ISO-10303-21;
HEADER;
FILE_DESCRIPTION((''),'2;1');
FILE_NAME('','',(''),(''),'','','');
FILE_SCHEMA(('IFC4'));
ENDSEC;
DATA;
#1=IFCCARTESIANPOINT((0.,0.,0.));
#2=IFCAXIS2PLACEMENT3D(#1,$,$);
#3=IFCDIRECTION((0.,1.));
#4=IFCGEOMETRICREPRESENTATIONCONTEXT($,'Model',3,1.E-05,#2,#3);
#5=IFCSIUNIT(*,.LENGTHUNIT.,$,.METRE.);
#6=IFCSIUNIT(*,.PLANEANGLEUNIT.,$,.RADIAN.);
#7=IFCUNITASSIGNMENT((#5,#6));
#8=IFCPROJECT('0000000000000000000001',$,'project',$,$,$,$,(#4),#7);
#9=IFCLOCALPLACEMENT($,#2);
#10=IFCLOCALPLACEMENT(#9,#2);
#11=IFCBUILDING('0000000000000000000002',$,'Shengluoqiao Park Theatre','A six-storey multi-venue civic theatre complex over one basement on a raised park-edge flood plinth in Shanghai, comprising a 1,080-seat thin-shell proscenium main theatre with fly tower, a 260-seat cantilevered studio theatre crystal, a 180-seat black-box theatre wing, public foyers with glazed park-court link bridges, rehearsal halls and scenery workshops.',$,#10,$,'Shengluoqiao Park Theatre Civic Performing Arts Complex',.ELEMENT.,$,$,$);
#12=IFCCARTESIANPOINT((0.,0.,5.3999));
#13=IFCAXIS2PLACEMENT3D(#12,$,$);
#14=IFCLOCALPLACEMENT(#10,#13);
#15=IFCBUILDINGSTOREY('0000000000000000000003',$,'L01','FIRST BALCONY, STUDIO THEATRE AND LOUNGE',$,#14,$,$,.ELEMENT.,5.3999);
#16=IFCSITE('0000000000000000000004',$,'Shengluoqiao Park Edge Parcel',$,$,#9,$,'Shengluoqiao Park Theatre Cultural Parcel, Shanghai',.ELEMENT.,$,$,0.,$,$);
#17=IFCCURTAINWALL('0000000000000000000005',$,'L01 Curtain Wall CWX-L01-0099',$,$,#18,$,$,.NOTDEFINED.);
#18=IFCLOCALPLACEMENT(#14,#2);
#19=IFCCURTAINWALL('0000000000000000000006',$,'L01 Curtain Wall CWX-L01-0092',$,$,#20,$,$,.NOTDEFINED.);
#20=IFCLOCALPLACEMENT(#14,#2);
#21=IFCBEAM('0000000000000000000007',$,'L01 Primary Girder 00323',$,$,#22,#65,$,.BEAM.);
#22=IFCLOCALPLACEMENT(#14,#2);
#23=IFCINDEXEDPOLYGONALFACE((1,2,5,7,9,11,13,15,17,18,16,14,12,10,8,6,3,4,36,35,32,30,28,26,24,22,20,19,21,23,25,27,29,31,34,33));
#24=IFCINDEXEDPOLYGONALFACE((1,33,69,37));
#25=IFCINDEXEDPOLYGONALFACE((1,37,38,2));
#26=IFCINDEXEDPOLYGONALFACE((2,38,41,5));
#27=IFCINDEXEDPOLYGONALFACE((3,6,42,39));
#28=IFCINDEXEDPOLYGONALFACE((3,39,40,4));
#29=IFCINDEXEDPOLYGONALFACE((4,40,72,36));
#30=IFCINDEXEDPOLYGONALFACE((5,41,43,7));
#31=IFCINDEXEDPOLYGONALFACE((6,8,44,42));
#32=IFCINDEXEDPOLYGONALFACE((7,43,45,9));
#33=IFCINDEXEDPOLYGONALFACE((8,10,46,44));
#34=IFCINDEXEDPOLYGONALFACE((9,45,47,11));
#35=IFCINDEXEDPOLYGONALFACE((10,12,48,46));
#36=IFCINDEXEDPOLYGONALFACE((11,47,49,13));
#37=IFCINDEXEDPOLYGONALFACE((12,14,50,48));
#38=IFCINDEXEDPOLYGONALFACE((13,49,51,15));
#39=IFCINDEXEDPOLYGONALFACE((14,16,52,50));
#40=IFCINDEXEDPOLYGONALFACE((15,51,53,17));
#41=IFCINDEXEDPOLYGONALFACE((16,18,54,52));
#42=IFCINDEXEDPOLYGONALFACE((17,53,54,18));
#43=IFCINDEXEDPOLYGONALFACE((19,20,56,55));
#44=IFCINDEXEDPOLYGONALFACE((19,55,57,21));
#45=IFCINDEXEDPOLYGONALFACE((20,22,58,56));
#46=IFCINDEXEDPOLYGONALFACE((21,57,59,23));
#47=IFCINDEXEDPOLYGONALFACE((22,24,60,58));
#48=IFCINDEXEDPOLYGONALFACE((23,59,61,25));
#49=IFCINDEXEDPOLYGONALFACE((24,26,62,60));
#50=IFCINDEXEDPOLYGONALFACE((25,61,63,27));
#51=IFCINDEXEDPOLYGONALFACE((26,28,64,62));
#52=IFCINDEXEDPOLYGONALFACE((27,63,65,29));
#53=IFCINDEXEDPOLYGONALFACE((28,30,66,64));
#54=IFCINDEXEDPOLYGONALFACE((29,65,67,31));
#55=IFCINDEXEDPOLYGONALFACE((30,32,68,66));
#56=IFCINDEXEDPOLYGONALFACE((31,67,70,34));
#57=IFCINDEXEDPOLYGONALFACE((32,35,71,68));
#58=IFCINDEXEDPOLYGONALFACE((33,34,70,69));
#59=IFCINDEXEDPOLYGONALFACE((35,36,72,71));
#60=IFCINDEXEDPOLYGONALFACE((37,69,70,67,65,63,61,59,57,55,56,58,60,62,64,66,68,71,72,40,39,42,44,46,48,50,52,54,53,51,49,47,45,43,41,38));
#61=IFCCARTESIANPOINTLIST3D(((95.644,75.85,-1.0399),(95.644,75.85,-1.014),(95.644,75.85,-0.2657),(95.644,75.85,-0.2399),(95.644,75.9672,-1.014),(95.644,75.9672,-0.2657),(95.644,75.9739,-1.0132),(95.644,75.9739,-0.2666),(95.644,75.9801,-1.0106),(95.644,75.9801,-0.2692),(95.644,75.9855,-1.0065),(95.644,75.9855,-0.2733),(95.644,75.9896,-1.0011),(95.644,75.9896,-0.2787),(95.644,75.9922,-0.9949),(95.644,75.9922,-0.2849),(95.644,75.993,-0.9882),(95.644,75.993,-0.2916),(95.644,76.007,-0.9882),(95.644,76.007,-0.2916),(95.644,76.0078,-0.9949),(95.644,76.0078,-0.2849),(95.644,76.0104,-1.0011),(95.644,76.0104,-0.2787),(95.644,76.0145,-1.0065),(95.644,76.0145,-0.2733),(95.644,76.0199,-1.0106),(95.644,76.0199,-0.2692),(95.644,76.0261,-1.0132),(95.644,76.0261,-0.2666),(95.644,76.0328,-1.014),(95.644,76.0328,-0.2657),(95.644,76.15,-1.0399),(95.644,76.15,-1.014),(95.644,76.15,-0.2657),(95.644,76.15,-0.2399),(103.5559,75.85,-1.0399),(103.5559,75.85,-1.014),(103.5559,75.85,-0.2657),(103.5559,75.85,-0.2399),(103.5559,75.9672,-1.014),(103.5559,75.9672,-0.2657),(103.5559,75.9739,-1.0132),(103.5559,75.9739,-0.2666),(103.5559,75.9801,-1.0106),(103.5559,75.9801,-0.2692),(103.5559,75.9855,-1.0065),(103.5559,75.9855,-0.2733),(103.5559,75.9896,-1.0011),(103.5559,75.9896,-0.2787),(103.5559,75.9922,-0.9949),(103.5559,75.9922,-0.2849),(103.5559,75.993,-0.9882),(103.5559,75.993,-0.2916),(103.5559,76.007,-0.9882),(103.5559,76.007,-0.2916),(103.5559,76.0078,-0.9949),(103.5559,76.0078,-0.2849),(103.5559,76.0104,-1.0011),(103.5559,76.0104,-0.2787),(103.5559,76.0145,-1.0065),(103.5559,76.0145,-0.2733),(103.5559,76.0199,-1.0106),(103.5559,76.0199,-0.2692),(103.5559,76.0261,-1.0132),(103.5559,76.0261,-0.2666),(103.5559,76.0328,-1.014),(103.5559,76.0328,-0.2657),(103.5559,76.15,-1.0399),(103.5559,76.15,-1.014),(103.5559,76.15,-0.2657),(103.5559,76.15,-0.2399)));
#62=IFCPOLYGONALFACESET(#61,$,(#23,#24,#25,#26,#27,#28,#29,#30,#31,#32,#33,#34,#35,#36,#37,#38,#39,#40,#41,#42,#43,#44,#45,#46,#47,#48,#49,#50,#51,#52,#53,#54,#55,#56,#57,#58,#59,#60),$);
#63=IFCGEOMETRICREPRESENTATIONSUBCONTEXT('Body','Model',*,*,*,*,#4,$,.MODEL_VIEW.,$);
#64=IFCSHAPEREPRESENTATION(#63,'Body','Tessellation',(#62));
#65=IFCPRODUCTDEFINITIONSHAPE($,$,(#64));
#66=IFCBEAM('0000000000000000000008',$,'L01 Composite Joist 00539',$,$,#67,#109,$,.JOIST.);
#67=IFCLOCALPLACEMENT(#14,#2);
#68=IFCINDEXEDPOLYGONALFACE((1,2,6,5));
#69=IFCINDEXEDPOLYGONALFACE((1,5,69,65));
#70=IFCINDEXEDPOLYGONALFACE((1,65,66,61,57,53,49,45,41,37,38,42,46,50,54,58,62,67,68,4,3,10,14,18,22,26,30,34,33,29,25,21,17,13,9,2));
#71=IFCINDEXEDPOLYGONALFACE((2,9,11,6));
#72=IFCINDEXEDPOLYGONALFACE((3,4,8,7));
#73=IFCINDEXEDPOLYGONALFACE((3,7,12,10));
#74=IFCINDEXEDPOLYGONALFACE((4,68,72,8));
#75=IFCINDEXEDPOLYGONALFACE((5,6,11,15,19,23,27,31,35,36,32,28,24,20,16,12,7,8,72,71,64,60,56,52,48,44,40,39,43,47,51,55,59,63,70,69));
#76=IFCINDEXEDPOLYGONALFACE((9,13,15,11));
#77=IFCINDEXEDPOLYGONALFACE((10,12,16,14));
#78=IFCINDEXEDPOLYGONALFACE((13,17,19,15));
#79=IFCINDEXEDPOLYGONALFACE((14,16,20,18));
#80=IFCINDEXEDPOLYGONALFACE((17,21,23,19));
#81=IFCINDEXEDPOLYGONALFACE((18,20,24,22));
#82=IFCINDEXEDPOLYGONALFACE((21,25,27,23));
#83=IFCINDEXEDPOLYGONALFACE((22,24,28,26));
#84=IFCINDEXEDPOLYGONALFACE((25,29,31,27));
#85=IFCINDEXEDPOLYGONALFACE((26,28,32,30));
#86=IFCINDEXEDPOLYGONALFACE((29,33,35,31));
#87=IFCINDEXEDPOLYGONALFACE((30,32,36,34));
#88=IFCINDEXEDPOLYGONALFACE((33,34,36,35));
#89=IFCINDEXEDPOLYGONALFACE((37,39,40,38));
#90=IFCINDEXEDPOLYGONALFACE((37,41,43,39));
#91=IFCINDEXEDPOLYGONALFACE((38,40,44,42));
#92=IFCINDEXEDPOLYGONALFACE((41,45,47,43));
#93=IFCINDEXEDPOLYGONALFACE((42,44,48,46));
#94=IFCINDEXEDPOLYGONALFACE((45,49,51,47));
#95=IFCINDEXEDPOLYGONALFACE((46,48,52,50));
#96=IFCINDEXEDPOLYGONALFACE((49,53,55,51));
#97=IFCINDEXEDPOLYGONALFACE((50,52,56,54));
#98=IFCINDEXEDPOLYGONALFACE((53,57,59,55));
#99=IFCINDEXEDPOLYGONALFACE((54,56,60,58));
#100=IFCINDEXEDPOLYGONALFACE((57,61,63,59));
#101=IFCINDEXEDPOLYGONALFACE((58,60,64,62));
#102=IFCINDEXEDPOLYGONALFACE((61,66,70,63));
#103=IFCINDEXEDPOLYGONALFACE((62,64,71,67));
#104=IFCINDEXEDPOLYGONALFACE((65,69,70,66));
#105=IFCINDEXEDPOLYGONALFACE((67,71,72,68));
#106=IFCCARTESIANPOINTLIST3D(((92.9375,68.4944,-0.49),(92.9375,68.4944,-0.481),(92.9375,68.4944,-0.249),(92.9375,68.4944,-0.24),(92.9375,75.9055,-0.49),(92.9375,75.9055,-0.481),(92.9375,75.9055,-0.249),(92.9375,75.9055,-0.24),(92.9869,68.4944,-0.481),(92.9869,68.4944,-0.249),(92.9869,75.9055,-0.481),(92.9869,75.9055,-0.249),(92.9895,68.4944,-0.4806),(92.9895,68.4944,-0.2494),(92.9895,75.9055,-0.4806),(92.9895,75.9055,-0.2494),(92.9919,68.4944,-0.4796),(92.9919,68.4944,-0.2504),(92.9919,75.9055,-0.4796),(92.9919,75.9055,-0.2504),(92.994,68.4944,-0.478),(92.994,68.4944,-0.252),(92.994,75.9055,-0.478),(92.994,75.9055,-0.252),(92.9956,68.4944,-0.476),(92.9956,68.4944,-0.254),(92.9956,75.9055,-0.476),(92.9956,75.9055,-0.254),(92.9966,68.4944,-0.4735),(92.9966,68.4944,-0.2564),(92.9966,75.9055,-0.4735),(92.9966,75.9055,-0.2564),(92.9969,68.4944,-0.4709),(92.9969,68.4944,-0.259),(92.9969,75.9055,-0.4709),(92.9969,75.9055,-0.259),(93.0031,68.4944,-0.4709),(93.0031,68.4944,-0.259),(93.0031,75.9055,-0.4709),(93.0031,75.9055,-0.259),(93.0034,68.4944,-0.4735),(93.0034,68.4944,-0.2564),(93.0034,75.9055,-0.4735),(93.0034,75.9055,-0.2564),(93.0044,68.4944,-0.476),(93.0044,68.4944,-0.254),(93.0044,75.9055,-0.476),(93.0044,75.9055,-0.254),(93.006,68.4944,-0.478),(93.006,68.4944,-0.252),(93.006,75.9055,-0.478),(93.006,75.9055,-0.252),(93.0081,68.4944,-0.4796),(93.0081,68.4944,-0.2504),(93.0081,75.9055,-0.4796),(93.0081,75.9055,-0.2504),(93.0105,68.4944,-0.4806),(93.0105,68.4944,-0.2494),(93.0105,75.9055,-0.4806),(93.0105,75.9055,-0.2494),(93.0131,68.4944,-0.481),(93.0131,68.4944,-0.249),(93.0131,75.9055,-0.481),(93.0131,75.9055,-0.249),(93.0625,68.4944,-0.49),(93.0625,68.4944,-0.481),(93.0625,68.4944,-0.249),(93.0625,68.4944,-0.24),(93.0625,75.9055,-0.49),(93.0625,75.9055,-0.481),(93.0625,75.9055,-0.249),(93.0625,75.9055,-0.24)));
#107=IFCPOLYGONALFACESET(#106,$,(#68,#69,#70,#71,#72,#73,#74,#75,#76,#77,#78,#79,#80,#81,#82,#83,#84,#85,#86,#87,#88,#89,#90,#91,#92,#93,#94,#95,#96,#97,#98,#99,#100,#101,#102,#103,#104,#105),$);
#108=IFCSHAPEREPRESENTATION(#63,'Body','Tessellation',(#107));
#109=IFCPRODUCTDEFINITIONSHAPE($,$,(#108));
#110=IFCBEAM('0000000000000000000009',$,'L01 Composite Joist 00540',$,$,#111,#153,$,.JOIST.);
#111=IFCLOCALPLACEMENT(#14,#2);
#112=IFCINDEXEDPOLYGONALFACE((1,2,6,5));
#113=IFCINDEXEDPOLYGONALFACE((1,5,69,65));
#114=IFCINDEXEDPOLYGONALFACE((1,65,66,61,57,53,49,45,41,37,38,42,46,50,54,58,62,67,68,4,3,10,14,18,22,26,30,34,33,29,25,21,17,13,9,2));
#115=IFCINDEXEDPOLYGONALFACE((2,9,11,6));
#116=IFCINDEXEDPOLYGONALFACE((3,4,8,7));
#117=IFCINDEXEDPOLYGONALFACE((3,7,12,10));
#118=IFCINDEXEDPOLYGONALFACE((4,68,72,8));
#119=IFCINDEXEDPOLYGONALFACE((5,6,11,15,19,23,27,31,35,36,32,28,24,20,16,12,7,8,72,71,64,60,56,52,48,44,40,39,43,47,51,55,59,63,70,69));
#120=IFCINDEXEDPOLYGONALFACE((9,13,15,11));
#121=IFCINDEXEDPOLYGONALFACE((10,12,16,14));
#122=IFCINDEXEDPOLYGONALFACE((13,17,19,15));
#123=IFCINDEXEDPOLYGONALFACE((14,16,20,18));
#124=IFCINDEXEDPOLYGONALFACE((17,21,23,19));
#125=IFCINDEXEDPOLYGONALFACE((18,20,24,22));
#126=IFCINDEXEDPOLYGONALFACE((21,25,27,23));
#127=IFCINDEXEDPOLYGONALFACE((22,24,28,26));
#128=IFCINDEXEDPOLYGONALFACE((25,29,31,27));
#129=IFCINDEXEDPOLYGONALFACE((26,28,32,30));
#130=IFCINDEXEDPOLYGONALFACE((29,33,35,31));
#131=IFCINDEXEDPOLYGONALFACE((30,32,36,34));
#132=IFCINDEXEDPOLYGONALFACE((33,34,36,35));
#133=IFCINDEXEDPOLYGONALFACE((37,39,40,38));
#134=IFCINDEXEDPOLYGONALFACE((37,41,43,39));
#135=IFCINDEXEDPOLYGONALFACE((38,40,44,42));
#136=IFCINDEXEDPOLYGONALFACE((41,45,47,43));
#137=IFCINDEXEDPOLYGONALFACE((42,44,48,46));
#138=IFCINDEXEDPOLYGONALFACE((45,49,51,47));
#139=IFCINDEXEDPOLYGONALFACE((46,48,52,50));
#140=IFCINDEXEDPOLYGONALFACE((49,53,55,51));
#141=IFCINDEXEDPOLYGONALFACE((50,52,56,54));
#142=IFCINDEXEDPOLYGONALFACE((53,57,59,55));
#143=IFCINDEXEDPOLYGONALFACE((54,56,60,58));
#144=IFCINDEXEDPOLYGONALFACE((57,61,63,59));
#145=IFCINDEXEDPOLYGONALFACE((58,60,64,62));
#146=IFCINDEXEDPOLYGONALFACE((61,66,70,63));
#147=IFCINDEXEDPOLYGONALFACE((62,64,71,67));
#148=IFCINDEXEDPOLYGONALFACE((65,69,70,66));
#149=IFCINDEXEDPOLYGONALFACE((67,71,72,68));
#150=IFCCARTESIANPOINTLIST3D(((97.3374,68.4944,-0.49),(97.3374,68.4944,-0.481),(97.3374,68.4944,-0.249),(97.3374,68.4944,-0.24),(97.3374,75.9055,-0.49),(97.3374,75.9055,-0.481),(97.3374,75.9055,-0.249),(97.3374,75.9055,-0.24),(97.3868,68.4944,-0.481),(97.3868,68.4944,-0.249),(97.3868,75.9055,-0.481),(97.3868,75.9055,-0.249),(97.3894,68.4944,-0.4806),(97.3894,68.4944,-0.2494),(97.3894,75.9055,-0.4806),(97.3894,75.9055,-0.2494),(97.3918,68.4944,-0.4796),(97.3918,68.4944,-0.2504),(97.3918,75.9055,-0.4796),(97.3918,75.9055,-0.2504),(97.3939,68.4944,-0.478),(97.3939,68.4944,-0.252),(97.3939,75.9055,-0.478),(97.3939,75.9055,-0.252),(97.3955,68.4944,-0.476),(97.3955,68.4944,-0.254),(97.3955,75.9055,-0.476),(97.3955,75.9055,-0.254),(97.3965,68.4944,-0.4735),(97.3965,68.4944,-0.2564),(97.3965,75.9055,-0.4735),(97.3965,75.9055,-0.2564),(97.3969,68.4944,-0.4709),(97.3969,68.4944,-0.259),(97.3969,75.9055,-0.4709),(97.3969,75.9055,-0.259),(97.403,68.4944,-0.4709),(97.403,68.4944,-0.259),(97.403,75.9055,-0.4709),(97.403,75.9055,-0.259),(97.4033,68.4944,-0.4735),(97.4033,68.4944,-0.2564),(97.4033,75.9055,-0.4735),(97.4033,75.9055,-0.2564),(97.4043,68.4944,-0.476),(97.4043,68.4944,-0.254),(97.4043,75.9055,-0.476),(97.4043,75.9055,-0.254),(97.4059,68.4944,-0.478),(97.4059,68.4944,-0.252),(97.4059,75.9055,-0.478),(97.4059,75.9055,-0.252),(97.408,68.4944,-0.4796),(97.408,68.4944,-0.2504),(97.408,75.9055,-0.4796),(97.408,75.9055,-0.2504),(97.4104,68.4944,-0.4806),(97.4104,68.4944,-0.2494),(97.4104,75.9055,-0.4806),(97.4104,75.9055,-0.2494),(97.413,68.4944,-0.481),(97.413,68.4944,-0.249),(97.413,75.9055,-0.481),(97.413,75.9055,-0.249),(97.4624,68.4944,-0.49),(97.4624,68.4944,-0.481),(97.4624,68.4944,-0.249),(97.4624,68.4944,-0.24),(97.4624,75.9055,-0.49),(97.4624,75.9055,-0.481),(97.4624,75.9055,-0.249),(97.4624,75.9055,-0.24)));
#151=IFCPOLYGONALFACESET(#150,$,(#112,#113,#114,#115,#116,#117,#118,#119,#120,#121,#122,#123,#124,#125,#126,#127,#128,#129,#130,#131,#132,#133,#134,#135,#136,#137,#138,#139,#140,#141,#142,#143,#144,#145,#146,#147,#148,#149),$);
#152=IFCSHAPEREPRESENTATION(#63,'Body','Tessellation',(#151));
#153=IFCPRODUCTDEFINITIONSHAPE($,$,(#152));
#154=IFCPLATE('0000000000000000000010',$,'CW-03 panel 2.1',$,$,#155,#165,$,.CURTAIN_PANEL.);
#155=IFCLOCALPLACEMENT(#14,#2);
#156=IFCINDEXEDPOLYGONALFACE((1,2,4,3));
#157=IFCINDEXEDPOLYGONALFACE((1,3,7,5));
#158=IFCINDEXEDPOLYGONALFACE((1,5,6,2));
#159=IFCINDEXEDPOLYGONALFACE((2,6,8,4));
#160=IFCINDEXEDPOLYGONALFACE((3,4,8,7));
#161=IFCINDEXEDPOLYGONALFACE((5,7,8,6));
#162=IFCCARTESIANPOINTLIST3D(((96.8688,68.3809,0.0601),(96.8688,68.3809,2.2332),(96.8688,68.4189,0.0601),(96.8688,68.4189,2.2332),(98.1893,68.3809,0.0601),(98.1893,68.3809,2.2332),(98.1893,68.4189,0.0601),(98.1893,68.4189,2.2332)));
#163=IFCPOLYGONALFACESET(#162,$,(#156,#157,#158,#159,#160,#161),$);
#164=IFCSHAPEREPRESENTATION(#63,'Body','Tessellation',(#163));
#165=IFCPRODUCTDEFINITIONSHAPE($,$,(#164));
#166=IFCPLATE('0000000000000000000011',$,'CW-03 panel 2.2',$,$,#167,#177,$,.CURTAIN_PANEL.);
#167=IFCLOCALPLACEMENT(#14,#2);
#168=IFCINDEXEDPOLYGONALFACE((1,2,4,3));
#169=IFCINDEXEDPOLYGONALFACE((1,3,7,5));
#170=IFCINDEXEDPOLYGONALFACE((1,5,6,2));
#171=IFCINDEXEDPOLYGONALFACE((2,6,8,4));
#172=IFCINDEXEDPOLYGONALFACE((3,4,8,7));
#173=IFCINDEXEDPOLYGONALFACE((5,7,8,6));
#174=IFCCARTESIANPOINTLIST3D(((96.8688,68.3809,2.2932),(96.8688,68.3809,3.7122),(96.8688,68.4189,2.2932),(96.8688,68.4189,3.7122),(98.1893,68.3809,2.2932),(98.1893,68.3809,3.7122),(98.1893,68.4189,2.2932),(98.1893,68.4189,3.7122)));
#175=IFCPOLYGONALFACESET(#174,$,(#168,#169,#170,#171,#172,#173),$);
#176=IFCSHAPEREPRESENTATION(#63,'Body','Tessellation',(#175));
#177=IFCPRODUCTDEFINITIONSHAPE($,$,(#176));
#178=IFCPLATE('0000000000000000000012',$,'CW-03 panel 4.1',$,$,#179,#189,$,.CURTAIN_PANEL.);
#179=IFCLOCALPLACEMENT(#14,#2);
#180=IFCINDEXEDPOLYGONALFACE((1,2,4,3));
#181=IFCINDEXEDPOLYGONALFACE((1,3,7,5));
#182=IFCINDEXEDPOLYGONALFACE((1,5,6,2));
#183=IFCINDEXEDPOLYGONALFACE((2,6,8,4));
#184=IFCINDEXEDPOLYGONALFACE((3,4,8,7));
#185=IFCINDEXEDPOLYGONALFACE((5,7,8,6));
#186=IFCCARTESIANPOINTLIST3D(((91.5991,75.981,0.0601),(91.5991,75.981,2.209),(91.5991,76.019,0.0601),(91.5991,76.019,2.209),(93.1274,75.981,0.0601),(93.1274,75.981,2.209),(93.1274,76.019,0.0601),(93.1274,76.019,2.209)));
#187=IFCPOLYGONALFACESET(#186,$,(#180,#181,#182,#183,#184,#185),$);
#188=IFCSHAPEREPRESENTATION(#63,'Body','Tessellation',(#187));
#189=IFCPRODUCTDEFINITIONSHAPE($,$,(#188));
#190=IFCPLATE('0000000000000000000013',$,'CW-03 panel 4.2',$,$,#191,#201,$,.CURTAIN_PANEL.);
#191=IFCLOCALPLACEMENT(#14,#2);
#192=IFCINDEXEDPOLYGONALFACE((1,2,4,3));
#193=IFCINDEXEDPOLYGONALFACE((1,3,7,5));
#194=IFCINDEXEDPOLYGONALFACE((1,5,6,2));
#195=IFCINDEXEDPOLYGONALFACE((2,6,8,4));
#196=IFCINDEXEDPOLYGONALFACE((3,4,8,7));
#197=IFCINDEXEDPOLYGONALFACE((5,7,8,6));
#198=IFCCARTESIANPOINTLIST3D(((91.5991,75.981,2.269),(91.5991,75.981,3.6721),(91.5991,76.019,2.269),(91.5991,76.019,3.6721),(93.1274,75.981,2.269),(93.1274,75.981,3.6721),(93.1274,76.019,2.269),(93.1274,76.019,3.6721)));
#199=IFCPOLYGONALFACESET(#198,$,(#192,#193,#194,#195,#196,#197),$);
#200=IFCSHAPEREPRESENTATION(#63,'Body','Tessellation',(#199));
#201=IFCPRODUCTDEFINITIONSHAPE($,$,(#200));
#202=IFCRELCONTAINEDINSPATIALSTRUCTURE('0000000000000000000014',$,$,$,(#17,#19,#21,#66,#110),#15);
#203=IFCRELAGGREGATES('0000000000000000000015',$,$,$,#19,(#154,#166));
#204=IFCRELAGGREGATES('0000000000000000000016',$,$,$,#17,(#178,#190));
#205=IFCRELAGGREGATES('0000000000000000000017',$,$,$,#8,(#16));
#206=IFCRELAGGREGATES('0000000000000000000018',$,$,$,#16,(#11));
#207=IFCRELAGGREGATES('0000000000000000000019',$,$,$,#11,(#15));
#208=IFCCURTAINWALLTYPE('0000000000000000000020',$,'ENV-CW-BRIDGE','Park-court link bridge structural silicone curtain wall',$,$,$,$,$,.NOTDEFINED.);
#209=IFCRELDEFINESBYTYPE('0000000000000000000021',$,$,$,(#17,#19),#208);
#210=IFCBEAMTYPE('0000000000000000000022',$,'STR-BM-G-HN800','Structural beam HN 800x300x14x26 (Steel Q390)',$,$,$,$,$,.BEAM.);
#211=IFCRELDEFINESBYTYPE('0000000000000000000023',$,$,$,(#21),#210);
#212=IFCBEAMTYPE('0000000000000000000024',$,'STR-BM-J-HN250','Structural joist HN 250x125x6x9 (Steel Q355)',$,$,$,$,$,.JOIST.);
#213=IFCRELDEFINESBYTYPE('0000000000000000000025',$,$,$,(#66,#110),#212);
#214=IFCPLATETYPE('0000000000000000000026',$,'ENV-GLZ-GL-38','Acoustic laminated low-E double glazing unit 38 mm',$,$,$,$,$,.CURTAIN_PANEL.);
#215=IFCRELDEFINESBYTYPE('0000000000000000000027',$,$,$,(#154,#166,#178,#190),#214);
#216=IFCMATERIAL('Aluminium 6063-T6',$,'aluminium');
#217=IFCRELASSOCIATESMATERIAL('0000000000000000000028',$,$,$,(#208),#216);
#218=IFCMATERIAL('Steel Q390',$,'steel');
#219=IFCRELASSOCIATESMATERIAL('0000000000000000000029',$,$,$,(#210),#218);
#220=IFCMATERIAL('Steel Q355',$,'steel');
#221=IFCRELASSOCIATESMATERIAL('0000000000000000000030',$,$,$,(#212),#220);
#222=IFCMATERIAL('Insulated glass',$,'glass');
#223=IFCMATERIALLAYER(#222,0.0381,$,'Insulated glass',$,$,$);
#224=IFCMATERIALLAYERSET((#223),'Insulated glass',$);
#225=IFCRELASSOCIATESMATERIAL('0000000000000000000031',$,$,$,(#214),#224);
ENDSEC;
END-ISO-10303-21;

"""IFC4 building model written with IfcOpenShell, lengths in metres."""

from ifc_helpers import new_model, si_unit, direction, frame, origin, origin_2d, place, context, subcontext, project, spatial, rectangle, i_section, extrude, material, layer, layer_set, material_profile, profile_set, type_object, element, aggregate, save


model = new_model("IFC4")

# Units and contexts
model_context = context("Model", 3, precision=1e-05, world=origin(), true_north=direction((0.0, 1.0)))
body_context = subcontext(model_context, "Body", "Model", "MODEL_VIEW")
ifc_project = project(units=[si_unit("LENGTHUNIT", "METRE"), si_unit("PLANEANGLEUNIT", "RADIAN")], contexts=[model_context])

# Site, building, storey
site_placement = place(None, origin())
site = spatial("IfcSite", under=ifc_project, at=site_placement, Name="Shengluoqiao Park Edge Parcel", LongName="Shengluoqiao Park Theatre Cultural Parcel, Shanghai", CompositionType="ELEMENT", RefElevation=0.0)
building_placement = place(site_placement, origin())
building = spatial("IfcBuilding", under=site, at=building_placement, Name="Shengluoqiao Park Theatre", Description="A six-storey multi-venue civic theatre complex over one basement on a raised park-edge flood plinth in Shanghai, comprising a 1,080-seat thin-shell proscenium main theatre with fly tower, a 260-seat cantilevered studio theatre crystal, a 180-seat black-box theatre wing, public foyers with glazed park-court link bridges, rehearsal halls and scenery workshops.", LongName="Shengluoqiao Park Theatre Civic Performing Arts Complex", CompositionType="ELEMENT")
storey_placement = place(building_placement, frame((0.0, 0.0, 5.3999)))
storey = spatial("IfcBuildingStorey", under=building, at=storey_placement, Name="L01", Description="FIRST BALCONY, STUDIO THEATRE AND LOUNGE", CompositionType="ELEMENT", Elevation=5.3999)

# Curtain wall
ifc_material_1 = material(Name="Aluminium 6063-T6", Category="aluminium")
curtain_wall_type = type_object("IfcCurtainWallType", Name="ENV-CW-BRIDGE", Description="Park-court link bridge structural silicone curtain wall", PredefinedType="NOTDEFINED", material=ifc_material_1)
curtain_wall_1_placement = place(storey_placement, origin())
curtain_wall_1 = element("IfcCurtainWall", 1, at=curtain_wall_1_placement, inside=storey, type_object=curtain_wall_type, Name="L01 Curtain Wall CWX-L01-0099", PredefinedType="NOTDEFINED")

# Curtain wall
curtain_wall_2_placement = place(storey_placement, origin())
curtain_wall_2 = element("IfcCurtainWall", 2, at=curtain_wall_2_placement, inside=storey, type_object=curtain_wall_type, Name="L01 Curtain Wall CWX-L01-0092", PredefinedType="NOTDEFINED")

# Beams
ifc_material_2 = material(Name="Steel Q355", Category="steel")
ifc_material_3 = material(Name="Steel Q390", Category="steel")
ifc_material_profile_1 = material_profile(ifc_material_3, i_section(OverallWidth=0.3, OverallDepth=0.8, WebThickness=0.0139, FlangeThickness=0.0259, FilletRadius=0.0259, at=origin_2d()), Name="HN 800x300x14x26")
ifc_profile_set_1 = profile_set([ifc_material_profile_1], Name="Steel Q390")
beam_type_1 = type_object("IfcBeamType", Name="STR-BM-G-HN800", Description="Structural beam HN 800x300x14x26 (Steel Q390)", PredefinedType="BEAM", material=ifc_profile_set_1)
beam_1_placement = place(storey_placement, frame((95.644, 76.0, -0.6399), z_axis=(1.0, 0.0, 0.0), x_axis=(0.0, 1.0, 0.0)))
element("IfcBeam", 3, at=beam_1_placement, inside=storey, type_object=beam_type_1, Name="L01 Primary Girder 00323", PredefinedType="BEAM", context=body_context, shape_type="SweptSolid", body=[
    extrude(i_section(OverallWidth=0.3, OverallDepth=0.8, WebThickness=0.0139, FlangeThickness=0.0259, FilletRadius=0.0259, at=origin_2d()), origin(), (0.0, 0.0, 1.0), 7.9119),
])
ifc_material_profile_2 = material_profile(ifc_material_2, i_section(OverallWidth=0.125, OverallDepth=0.25, WebThickness=0.0061, FlangeThickness=0.009, FilletRadius=0.01, at=origin_2d()), Name="HN 250x125x6x9")
ifc_profile_set_2 = profile_set([ifc_material_profile_2], Name="Steel Q355")
beam_type_2 = type_object("IfcBeamType", Name="STR-BM-J-HN250", Description="Structural joist HN 250x125x6x9 (Steel Q355)", PredefinedType="JOIST", material=ifc_profile_set_2)
for number, where, z_axis, x_axis, name in (
    (4, (93.0, 68.4944, -0.365), (0.0, 1.0, 0.0), (-1.0, 0.0, 0.0), "L01 Composite Joist 00539"),
    (5, (97.3999, 68.4944, -0.365), (0.0, 1.0, 0.0), (-1.0, 0.0, 0.0), "L01 Composite Joist 00540"),
):
    element("IfcBeam", number, at=place(storey_placement, frame(where, z_axis=z_axis, x_axis=x_axis)), inside=storey, type_object=beam_type_2, Name=name, PredefinedType="JOIST", context=body_context, shape_type="SweptSolid", body=[
        extrude(i_section(OverallWidth=0.125, OverallDepth=0.25, WebThickness=0.0061, FlangeThickness=0.009, FilletRadius=0.01, at=origin_2d()), origin(), (0.0, 0.0, 1.0), 7.4111),
    ])

# Plates
ifc_material_4 = material(Name="Insulated glass", Category="glass")
ifc_layer_1 = layer(ifc_material_4, 0.0381, Name="Insulated glass")
ifc_layer_set_1 = layer_set([ifc_layer_1], Name="Insulated glass")
plate_type = type_object("IfcPlateType", Name="ENV-GLZ-GL-38", Description="Acoustic laminated low-E double glazing unit 38 mm", PredefinedType="CURTAIN_PANEL", material=ifc_layer_set_1)
plate_1_placement = place(storey_placement, frame((97.5291, 68.3999, 0.0601), z_axis=(0.0, 0.0, 1.0), x_axis=(1.0, 0.0, 0.0)))
plate_1 = element("IfcPlate", 6, at=plate_1_placement, type_object=plate_type, Name="CW-03 panel 2.1", PredefinedType="CURTAIN_PANEL", context=body_context, shape_type="SweptSolid", body=[
    extrude(rectangle(XDim=1.3206, YDim=0.0381, at=origin_2d()), origin(), (0.0, 0.0, 1.0), 2.1731),
])
plate_2_placement = place(storey_placement, frame((97.5291, 68.3999, 2.2932), z_axis=(0.0, 0.0, 1.0), x_axis=(1.0, 0.0, 0.0)))
plate_2 = element("IfcPlate", 7, at=plate_2_placement, type_object=plate_type, Name="CW-03 panel 2.2", PredefinedType="CURTAIN_PANEL", context=body_context, shape_type="SweptSolid", body=[
    extrude(rectangle(XDim=1.3206, YDim=0.0381, at=origin_2d()), origin(), (0.0, 0.0, 1.0), 1.4189),
])
aggregate(curtain_wall_2, [plate_1, plate_2])
plate_3_placement = place(storey_placement, frame((92.3633, 76.0, 0.0601), z_axis=(0.0, 0.0, 1.0), x_axis=(1.0, 0.0, 0.0)))
plate_3 = element("IfcPlate", 8, at=plate_3_placement, type_object=plate_type, Name="CW-03 panel 4.1", PredefinedType="CURTAIN_PANEL", context=body_context, shape_type="SweptSolid", body=[
    extrude(rectangle(XDim=1.5283, YDim=0.0381, at=origin_2d()), origin(), (0.0, 0.0, 1.0), 2.1489),
])
plate_4_placement = place(storey_placement, frame((92.3633, 76.0, 2.269), z_axis=(0.0, 0.0, 1.0), x_axis=(1.0, 0.0, 0.0)))
plate_4 = element("IfcPlate", 9, at=plate_4_placement, type_object=plate_type, Name="CW-03 panel 4.2", PredefinedType="CURTAIN_PANEL", context=body_context, shape_type="SweptSolid", body=[
    extrude(rectangle(XDim=1.5283, YDim=0.0381, at=origin_2d()), origin(), (0.0, 0.0, 1.0), 1.4031),
])
aggregate(curtain_wall_1, [plate_3, plate_4])

save(model, "model.ifc")
